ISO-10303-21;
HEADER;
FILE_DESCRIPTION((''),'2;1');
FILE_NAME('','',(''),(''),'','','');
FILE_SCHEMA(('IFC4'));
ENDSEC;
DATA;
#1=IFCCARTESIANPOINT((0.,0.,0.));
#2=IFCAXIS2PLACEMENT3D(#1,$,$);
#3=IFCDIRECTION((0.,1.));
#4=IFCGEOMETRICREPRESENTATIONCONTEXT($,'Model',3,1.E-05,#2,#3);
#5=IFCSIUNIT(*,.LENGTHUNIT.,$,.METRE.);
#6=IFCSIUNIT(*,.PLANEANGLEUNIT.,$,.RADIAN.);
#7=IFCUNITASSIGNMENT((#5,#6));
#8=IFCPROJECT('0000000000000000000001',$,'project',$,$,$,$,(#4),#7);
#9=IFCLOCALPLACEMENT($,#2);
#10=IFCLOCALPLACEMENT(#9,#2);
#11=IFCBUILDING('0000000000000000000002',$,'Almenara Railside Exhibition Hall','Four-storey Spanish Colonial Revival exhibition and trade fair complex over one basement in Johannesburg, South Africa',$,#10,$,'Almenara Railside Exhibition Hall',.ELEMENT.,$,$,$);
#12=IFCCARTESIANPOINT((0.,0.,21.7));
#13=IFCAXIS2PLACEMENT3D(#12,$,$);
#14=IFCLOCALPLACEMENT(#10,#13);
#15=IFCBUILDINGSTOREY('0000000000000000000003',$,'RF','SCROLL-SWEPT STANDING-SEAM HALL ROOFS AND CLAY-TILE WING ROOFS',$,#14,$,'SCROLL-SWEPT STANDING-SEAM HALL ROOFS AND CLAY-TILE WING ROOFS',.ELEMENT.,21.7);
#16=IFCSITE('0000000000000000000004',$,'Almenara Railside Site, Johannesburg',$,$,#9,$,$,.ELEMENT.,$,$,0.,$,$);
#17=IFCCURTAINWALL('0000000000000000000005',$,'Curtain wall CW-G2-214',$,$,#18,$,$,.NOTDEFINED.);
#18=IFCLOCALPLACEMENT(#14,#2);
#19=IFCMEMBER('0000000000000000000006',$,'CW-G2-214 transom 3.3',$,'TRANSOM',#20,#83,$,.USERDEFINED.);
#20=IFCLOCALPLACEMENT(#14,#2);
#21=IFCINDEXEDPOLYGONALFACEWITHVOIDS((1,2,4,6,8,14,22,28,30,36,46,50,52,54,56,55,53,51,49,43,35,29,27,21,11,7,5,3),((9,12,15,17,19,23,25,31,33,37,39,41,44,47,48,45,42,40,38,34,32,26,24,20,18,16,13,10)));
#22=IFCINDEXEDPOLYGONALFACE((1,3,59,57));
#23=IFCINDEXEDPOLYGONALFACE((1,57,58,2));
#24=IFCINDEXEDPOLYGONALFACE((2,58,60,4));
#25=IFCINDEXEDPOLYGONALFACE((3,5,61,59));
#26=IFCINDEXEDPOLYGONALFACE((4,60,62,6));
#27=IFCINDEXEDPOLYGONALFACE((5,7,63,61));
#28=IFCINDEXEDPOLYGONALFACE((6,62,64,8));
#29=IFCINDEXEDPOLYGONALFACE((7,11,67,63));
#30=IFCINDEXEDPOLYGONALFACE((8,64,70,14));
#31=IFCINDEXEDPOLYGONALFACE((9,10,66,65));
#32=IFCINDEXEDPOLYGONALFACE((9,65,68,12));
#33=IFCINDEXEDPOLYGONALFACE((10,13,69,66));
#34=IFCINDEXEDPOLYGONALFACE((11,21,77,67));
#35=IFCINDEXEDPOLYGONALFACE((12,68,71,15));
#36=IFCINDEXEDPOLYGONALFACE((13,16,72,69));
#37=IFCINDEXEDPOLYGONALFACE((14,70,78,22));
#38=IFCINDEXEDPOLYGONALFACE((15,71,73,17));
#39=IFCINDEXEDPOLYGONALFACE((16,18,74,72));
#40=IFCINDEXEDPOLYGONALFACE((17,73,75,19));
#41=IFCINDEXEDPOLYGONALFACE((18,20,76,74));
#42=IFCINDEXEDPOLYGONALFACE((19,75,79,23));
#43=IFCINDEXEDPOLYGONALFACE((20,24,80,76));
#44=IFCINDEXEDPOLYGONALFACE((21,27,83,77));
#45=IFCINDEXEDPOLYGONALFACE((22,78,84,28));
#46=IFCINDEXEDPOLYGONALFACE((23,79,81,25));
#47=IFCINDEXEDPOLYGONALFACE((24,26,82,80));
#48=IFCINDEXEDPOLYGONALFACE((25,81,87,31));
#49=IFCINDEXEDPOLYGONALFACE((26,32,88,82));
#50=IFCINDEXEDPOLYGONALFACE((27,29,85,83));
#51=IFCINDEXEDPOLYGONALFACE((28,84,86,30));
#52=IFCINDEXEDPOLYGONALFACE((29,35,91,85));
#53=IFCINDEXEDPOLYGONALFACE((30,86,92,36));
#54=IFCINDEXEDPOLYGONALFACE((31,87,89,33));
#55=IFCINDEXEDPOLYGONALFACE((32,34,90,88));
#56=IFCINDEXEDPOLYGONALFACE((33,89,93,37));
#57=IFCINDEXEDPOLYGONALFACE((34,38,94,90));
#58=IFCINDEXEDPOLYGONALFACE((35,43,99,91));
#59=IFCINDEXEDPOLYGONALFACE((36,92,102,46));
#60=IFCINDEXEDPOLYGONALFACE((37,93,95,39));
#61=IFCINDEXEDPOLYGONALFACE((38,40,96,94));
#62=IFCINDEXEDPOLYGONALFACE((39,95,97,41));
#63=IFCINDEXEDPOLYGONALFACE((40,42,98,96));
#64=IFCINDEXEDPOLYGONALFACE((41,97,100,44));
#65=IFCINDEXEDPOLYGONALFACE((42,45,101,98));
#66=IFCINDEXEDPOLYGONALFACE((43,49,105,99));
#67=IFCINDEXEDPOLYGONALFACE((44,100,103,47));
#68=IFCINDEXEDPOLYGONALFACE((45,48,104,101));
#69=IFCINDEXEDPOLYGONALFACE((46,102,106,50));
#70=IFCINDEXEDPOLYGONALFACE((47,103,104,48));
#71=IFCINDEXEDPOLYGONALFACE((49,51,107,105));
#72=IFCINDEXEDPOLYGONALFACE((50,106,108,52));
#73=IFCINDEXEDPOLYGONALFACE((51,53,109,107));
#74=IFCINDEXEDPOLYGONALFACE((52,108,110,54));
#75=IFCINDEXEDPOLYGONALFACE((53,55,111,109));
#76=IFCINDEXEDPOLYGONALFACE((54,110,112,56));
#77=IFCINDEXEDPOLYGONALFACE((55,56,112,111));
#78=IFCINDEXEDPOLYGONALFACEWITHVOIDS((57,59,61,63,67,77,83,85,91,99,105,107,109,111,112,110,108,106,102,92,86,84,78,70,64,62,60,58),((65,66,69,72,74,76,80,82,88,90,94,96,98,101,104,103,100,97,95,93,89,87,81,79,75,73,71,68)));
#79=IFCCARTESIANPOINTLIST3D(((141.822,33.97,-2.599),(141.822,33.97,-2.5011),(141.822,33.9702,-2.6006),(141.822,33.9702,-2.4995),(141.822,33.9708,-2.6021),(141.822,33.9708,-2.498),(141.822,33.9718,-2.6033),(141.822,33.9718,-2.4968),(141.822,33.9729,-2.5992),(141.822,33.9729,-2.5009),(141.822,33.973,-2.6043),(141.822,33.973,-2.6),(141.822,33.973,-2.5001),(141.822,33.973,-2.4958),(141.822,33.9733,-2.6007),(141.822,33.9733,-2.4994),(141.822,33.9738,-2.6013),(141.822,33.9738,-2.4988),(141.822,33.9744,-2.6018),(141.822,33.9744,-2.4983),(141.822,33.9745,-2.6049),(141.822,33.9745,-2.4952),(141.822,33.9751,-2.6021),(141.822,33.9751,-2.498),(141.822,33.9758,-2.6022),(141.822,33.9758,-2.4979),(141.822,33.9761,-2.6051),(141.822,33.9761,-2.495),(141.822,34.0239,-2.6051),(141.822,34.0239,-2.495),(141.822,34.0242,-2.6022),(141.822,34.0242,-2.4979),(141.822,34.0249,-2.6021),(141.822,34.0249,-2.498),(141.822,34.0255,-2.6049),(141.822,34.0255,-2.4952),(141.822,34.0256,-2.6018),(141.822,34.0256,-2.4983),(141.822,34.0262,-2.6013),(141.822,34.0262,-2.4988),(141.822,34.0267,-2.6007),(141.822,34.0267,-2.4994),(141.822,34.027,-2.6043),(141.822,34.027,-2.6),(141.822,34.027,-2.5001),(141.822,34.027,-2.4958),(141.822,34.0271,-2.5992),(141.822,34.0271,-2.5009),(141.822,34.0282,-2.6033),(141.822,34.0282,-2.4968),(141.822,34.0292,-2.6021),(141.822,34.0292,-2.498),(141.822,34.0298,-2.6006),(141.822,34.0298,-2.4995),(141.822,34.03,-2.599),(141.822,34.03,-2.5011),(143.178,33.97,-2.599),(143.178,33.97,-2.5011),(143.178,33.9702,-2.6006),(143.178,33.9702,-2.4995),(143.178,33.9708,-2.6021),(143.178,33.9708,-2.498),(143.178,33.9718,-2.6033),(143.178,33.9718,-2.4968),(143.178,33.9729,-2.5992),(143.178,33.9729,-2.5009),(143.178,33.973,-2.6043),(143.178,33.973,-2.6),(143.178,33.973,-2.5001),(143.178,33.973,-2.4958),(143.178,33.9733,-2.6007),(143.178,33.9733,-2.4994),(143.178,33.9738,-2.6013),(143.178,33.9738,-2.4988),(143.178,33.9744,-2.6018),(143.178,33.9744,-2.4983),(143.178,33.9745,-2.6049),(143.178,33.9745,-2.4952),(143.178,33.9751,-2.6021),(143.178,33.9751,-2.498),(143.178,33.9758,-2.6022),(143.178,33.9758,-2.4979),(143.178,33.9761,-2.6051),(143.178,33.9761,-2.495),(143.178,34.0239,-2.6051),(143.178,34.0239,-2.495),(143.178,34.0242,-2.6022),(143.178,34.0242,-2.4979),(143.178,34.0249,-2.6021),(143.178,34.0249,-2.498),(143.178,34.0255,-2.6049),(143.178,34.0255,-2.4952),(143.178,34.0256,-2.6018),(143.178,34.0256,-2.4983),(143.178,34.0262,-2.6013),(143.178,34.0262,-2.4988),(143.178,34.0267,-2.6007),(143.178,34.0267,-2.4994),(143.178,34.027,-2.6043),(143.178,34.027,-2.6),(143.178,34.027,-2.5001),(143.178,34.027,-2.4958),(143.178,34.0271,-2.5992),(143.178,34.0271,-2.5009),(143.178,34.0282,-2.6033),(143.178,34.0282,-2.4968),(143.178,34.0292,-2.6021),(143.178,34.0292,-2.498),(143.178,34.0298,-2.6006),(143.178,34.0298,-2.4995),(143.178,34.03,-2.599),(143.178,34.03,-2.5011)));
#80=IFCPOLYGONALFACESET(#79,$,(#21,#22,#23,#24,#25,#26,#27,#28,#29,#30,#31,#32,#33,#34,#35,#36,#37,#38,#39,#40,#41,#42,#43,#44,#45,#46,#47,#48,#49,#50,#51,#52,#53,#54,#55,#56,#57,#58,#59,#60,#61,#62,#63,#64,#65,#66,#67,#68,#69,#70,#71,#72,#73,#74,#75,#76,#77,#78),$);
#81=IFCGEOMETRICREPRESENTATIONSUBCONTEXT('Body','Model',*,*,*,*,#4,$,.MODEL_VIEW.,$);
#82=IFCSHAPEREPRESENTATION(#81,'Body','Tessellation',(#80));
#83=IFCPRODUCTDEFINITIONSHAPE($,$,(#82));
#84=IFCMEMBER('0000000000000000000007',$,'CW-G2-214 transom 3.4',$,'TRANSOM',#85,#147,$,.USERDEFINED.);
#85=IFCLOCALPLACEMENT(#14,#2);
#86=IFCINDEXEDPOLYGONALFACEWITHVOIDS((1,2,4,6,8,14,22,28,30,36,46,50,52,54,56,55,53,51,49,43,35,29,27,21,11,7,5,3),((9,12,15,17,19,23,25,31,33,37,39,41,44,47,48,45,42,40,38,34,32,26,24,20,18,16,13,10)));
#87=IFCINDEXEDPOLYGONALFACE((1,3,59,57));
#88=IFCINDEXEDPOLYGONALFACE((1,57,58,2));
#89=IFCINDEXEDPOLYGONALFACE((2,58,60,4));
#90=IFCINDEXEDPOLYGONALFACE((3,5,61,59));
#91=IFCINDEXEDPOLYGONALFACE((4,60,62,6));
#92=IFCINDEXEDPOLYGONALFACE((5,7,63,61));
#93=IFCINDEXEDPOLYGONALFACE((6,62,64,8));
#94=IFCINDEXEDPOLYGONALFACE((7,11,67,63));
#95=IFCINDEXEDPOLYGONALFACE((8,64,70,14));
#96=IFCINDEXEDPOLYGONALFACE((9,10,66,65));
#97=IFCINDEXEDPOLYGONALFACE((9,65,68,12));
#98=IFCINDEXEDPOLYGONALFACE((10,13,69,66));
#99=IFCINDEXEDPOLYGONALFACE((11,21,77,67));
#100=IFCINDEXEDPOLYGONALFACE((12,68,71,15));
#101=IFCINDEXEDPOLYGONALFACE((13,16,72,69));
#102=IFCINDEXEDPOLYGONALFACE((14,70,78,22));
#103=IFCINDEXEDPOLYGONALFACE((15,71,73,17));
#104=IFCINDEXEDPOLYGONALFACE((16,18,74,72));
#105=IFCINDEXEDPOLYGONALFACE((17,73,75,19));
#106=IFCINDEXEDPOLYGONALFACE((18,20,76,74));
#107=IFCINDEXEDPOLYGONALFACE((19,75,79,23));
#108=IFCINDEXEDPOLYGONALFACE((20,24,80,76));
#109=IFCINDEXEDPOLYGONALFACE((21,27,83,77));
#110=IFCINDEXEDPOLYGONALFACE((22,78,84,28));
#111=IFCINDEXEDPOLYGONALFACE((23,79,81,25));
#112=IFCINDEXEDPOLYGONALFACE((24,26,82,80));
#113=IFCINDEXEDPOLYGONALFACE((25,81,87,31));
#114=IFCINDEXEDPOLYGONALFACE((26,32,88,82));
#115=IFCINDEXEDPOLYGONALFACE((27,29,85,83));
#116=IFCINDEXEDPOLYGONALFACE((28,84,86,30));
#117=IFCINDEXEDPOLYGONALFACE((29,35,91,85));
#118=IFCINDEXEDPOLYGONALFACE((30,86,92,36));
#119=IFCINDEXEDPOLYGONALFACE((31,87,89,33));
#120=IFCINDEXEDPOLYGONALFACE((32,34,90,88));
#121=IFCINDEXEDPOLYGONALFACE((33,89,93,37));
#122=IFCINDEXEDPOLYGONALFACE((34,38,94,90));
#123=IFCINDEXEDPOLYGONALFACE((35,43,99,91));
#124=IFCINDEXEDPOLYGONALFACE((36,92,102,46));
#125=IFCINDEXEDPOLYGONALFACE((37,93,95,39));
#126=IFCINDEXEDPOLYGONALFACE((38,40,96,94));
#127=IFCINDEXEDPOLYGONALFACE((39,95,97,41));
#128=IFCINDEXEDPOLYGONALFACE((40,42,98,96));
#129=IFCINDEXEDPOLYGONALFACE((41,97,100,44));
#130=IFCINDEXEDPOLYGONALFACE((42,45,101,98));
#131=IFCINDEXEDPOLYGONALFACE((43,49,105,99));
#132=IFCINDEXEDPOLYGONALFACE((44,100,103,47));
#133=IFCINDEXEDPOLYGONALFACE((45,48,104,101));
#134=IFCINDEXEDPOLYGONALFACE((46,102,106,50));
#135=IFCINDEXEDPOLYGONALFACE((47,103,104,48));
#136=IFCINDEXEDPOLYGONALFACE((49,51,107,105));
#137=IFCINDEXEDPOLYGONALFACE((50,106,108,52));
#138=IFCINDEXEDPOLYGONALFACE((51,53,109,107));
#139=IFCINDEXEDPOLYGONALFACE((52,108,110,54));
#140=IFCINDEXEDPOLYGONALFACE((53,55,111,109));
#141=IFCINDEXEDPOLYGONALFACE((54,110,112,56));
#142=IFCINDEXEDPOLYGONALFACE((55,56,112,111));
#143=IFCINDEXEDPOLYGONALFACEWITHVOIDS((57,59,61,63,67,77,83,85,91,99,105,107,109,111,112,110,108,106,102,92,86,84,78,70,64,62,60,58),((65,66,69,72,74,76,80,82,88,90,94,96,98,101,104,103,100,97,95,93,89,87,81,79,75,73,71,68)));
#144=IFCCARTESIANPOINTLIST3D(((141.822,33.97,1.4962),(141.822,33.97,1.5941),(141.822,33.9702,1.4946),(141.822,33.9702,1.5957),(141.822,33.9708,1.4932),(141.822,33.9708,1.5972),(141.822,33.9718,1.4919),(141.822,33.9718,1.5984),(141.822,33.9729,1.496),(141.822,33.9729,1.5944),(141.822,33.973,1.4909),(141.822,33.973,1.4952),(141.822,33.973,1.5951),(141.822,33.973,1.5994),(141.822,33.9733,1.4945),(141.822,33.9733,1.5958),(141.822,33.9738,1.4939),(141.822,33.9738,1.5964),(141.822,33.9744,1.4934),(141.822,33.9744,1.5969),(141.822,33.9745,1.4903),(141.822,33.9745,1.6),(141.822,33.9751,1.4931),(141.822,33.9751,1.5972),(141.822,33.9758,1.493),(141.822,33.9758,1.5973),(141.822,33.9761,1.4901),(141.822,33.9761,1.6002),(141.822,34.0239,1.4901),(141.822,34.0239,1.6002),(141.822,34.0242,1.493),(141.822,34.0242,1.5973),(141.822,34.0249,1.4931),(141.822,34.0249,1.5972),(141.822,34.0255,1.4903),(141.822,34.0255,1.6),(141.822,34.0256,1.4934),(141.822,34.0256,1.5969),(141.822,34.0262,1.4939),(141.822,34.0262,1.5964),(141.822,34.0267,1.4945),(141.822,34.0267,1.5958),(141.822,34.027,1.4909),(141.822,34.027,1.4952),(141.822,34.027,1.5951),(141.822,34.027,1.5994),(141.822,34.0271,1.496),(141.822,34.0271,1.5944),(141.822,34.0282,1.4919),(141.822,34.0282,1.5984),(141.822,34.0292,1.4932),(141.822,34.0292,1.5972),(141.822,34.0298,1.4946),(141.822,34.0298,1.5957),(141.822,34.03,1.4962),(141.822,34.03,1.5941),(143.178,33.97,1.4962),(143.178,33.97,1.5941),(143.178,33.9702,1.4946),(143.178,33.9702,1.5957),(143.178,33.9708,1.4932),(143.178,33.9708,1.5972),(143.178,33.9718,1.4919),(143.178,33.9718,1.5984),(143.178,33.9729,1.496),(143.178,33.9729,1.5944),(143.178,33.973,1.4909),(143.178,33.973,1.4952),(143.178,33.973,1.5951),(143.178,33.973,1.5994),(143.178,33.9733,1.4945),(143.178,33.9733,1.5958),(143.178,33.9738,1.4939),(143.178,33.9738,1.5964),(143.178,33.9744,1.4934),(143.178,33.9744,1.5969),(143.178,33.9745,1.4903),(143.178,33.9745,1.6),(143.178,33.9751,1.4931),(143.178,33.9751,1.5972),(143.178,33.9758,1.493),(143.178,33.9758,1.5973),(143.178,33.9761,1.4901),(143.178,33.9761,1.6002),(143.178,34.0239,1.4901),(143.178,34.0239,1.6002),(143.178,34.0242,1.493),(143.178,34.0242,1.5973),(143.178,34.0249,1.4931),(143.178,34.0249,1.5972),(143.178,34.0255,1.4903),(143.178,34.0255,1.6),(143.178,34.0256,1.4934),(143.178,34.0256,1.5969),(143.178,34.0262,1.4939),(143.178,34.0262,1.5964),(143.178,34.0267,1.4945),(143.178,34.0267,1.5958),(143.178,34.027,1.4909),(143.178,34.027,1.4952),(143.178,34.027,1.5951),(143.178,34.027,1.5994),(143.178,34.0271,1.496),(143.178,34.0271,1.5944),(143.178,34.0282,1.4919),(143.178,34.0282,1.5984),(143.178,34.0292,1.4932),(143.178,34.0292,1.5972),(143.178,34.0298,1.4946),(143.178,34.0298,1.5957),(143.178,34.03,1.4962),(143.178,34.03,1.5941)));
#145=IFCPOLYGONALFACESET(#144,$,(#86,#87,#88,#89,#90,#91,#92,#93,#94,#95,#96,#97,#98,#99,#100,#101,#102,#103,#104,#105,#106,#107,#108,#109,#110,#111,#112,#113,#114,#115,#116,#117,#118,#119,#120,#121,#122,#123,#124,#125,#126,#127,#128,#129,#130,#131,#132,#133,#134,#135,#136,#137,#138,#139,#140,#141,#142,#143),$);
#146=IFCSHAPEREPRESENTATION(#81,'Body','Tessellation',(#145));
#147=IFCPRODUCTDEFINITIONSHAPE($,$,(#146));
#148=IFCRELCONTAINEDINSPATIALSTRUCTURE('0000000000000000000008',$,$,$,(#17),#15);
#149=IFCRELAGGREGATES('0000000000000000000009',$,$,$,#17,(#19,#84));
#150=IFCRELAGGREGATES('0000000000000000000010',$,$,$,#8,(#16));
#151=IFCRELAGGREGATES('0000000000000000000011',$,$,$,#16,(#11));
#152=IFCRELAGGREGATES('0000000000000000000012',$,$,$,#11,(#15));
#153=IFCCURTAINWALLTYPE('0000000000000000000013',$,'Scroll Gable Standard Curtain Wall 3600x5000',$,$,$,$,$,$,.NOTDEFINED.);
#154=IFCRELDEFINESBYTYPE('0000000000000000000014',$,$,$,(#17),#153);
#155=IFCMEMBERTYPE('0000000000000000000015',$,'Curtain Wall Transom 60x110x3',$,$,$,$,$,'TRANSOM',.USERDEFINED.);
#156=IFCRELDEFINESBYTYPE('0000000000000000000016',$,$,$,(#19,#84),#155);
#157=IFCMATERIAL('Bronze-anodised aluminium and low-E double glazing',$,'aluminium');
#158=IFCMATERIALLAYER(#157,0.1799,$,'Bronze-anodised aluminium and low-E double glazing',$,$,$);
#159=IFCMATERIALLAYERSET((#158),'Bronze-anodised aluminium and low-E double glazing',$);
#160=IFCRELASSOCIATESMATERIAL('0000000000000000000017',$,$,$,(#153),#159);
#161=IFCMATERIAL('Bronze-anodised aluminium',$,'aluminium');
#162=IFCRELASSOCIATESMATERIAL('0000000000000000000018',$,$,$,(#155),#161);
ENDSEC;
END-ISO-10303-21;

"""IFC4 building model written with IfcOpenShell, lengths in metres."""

from ifc_helpers import new_model, si_unit, direction, frame, origin, origin_2d, place, context, subcontext, project, spatial, hollow_rectangle, extrude, material, layer, layer_set, material_profile, profile_set, type_object, element, aggregate, save


model = new_model("IFC4")

# Units and contexts
model_context = context("Model", 3, precision=1e-05, world=origin(), true_north=direction((0.0, 1.0)))
body_context = subcontext(model_context, "Body", "Model", "MODEL_VIEW")
ifc_project = project(units=[si_unit("LENGTHUNIT", "METRE"), si_unit("PLANEANGLEUNIT", "RADIAN")], contexts=[model_context])

# Site, building, storey
site_placement = place(None, origin())
site = spatial("IfcSite", under=ifc_project, at=site_placement, Name="Almenara Railside Site, Johannesburg", CompositionType="ELEMENT", RefElevation=0.0)
building_placement = place(site_placement, origin())
building = spatial("IfcBuilding", under=site, at=building_placement, Name="Almenara Railside Exhibition Hall", Description="Four-storey Spanish Colonial Revival exhibition and trade fair complex over one basement in Johannesburg, South Africa", LongName="Almenara Railside Exhibition Hall", CompositionType="ELEMENT")
storey_placement = place(building_placement, frame((0.0, 0.0, 21.7)))
storey = spatial("IfcBuildingStorey", under=building, at=storey_placement, Name="RF", Description="SCROLL-SWEPT STANDING-SEAM HALL ROOFS AND CLAY-TILE WING ROOFS", LongName="SCROLL-SWEPT STANDING-SEAM HALL ROOFS AND CLAY-TILE WING ROOFS", CompositionType="ELEMENT", Elevation=21.7)

# Curtain wall, members
ifc_material_1 = material(Name="Bronze-anodised aluminium and low-E double glazing", Category="aluminium")
ifc_layer_1 = layer(ifc_material_1, 0.1799, Name="Bronze-anodised aluminium and low-E double glazing")
ifc_layer_set_1 = layer_set([ifc_layer_1], Name="Bronze-anodised aluminium and low-E double glazing")
curtain_wall_type = type_object("IfcCurtainWallType", Name="Scroll Gable Standard Curtain Wall 3600x5000", PredefinedType="NOTDEFINED", material=ifc_layer_set_1)
curtain_wall_placement = place(storey_placement, origin())
curtain_wall = element("IfcCurtainWall", 1, at=curtain_wall_placement, inside=storey, type_object=curtain_wall_type, Name="Curtain wall CW-G2-214", PredefinedType="NOTDEFINED")
ifc_material_2 = material(Name="Bronze-anodised aluminium", Category="aluminium")
ifc_material_profile_1 = material_profile(ifc_material_2, hollow_rectangle(XDim=0.0601, YDim=0.1101, WallThickness=0.0029, InnerFilletRadius=0.0029, OuterFilletRadius=0.0061, at=origin_2d()), Name="ALU-TRN 60x110x3")
ifc_profile_set_1 = profile_set([ifc_material_profile_1], Name="Bronze-anodised aluminium")
member_type_1 = type_object("IfcMemberType", Name="Curtain Wall Transom 60x110x3", ElementType="TRANSOM", PredefinedType="USERDEFINED", material=ifc_profile_set_1)
member_1_placement = place(storey_placement, frame((141.822, 34.0, -2.55), z_axis=(1.0, 0.0, 0.0), x_axis=(0.0, 1.0, 0.0)))
member_1 = element("IfcMember", 2, at=member_1_placement, type_object=member_type_1, Name="CW-G2-214 transom 3.3", ObjectType="TRANSOM", PredefinedType="USERDEFINED", context=body_context, shape_type="SweptSolid", body=[
    extrude(hollow_rectangle(XDim=0.0601, YDim=0.1101, WallThickness=0.0029, InnerFilletRadius=0.0029, OuterFilletRadius=0.0061, at=origin_2d()), origin(), (0.0, 0.0, 1.0), 1.356),
])
member_2_placement = place(storey_placement, frame((141.822, 34.0, 1.5452), z_axis=(1.0, 0.0, 0.0), x_axis=(0.0, 1.0, 0.0)))
member_2 = element("IfcMember", 3, at=member_2_placement, type_object=member_type_1, Name="CW-G2-214 transom 3.4", ObjectType="TRANSOM", PredefinedType="USERDEFINED", context=body_context, shape_type="SweptSolid", body=[
    extrude(hollow_rectangle(XDim=0.0601, YDim=0.1101, WallThickness=0.0029, InnerFilletRadius=0.0029, OuterFilletRadius=0.0061, at=origin_2d()), origin(), (0.0, 0.0, 1.0), 1.356),
])

aggregate(curtain_wall, [member_1, member_2])

save(model, "model.ifc")
